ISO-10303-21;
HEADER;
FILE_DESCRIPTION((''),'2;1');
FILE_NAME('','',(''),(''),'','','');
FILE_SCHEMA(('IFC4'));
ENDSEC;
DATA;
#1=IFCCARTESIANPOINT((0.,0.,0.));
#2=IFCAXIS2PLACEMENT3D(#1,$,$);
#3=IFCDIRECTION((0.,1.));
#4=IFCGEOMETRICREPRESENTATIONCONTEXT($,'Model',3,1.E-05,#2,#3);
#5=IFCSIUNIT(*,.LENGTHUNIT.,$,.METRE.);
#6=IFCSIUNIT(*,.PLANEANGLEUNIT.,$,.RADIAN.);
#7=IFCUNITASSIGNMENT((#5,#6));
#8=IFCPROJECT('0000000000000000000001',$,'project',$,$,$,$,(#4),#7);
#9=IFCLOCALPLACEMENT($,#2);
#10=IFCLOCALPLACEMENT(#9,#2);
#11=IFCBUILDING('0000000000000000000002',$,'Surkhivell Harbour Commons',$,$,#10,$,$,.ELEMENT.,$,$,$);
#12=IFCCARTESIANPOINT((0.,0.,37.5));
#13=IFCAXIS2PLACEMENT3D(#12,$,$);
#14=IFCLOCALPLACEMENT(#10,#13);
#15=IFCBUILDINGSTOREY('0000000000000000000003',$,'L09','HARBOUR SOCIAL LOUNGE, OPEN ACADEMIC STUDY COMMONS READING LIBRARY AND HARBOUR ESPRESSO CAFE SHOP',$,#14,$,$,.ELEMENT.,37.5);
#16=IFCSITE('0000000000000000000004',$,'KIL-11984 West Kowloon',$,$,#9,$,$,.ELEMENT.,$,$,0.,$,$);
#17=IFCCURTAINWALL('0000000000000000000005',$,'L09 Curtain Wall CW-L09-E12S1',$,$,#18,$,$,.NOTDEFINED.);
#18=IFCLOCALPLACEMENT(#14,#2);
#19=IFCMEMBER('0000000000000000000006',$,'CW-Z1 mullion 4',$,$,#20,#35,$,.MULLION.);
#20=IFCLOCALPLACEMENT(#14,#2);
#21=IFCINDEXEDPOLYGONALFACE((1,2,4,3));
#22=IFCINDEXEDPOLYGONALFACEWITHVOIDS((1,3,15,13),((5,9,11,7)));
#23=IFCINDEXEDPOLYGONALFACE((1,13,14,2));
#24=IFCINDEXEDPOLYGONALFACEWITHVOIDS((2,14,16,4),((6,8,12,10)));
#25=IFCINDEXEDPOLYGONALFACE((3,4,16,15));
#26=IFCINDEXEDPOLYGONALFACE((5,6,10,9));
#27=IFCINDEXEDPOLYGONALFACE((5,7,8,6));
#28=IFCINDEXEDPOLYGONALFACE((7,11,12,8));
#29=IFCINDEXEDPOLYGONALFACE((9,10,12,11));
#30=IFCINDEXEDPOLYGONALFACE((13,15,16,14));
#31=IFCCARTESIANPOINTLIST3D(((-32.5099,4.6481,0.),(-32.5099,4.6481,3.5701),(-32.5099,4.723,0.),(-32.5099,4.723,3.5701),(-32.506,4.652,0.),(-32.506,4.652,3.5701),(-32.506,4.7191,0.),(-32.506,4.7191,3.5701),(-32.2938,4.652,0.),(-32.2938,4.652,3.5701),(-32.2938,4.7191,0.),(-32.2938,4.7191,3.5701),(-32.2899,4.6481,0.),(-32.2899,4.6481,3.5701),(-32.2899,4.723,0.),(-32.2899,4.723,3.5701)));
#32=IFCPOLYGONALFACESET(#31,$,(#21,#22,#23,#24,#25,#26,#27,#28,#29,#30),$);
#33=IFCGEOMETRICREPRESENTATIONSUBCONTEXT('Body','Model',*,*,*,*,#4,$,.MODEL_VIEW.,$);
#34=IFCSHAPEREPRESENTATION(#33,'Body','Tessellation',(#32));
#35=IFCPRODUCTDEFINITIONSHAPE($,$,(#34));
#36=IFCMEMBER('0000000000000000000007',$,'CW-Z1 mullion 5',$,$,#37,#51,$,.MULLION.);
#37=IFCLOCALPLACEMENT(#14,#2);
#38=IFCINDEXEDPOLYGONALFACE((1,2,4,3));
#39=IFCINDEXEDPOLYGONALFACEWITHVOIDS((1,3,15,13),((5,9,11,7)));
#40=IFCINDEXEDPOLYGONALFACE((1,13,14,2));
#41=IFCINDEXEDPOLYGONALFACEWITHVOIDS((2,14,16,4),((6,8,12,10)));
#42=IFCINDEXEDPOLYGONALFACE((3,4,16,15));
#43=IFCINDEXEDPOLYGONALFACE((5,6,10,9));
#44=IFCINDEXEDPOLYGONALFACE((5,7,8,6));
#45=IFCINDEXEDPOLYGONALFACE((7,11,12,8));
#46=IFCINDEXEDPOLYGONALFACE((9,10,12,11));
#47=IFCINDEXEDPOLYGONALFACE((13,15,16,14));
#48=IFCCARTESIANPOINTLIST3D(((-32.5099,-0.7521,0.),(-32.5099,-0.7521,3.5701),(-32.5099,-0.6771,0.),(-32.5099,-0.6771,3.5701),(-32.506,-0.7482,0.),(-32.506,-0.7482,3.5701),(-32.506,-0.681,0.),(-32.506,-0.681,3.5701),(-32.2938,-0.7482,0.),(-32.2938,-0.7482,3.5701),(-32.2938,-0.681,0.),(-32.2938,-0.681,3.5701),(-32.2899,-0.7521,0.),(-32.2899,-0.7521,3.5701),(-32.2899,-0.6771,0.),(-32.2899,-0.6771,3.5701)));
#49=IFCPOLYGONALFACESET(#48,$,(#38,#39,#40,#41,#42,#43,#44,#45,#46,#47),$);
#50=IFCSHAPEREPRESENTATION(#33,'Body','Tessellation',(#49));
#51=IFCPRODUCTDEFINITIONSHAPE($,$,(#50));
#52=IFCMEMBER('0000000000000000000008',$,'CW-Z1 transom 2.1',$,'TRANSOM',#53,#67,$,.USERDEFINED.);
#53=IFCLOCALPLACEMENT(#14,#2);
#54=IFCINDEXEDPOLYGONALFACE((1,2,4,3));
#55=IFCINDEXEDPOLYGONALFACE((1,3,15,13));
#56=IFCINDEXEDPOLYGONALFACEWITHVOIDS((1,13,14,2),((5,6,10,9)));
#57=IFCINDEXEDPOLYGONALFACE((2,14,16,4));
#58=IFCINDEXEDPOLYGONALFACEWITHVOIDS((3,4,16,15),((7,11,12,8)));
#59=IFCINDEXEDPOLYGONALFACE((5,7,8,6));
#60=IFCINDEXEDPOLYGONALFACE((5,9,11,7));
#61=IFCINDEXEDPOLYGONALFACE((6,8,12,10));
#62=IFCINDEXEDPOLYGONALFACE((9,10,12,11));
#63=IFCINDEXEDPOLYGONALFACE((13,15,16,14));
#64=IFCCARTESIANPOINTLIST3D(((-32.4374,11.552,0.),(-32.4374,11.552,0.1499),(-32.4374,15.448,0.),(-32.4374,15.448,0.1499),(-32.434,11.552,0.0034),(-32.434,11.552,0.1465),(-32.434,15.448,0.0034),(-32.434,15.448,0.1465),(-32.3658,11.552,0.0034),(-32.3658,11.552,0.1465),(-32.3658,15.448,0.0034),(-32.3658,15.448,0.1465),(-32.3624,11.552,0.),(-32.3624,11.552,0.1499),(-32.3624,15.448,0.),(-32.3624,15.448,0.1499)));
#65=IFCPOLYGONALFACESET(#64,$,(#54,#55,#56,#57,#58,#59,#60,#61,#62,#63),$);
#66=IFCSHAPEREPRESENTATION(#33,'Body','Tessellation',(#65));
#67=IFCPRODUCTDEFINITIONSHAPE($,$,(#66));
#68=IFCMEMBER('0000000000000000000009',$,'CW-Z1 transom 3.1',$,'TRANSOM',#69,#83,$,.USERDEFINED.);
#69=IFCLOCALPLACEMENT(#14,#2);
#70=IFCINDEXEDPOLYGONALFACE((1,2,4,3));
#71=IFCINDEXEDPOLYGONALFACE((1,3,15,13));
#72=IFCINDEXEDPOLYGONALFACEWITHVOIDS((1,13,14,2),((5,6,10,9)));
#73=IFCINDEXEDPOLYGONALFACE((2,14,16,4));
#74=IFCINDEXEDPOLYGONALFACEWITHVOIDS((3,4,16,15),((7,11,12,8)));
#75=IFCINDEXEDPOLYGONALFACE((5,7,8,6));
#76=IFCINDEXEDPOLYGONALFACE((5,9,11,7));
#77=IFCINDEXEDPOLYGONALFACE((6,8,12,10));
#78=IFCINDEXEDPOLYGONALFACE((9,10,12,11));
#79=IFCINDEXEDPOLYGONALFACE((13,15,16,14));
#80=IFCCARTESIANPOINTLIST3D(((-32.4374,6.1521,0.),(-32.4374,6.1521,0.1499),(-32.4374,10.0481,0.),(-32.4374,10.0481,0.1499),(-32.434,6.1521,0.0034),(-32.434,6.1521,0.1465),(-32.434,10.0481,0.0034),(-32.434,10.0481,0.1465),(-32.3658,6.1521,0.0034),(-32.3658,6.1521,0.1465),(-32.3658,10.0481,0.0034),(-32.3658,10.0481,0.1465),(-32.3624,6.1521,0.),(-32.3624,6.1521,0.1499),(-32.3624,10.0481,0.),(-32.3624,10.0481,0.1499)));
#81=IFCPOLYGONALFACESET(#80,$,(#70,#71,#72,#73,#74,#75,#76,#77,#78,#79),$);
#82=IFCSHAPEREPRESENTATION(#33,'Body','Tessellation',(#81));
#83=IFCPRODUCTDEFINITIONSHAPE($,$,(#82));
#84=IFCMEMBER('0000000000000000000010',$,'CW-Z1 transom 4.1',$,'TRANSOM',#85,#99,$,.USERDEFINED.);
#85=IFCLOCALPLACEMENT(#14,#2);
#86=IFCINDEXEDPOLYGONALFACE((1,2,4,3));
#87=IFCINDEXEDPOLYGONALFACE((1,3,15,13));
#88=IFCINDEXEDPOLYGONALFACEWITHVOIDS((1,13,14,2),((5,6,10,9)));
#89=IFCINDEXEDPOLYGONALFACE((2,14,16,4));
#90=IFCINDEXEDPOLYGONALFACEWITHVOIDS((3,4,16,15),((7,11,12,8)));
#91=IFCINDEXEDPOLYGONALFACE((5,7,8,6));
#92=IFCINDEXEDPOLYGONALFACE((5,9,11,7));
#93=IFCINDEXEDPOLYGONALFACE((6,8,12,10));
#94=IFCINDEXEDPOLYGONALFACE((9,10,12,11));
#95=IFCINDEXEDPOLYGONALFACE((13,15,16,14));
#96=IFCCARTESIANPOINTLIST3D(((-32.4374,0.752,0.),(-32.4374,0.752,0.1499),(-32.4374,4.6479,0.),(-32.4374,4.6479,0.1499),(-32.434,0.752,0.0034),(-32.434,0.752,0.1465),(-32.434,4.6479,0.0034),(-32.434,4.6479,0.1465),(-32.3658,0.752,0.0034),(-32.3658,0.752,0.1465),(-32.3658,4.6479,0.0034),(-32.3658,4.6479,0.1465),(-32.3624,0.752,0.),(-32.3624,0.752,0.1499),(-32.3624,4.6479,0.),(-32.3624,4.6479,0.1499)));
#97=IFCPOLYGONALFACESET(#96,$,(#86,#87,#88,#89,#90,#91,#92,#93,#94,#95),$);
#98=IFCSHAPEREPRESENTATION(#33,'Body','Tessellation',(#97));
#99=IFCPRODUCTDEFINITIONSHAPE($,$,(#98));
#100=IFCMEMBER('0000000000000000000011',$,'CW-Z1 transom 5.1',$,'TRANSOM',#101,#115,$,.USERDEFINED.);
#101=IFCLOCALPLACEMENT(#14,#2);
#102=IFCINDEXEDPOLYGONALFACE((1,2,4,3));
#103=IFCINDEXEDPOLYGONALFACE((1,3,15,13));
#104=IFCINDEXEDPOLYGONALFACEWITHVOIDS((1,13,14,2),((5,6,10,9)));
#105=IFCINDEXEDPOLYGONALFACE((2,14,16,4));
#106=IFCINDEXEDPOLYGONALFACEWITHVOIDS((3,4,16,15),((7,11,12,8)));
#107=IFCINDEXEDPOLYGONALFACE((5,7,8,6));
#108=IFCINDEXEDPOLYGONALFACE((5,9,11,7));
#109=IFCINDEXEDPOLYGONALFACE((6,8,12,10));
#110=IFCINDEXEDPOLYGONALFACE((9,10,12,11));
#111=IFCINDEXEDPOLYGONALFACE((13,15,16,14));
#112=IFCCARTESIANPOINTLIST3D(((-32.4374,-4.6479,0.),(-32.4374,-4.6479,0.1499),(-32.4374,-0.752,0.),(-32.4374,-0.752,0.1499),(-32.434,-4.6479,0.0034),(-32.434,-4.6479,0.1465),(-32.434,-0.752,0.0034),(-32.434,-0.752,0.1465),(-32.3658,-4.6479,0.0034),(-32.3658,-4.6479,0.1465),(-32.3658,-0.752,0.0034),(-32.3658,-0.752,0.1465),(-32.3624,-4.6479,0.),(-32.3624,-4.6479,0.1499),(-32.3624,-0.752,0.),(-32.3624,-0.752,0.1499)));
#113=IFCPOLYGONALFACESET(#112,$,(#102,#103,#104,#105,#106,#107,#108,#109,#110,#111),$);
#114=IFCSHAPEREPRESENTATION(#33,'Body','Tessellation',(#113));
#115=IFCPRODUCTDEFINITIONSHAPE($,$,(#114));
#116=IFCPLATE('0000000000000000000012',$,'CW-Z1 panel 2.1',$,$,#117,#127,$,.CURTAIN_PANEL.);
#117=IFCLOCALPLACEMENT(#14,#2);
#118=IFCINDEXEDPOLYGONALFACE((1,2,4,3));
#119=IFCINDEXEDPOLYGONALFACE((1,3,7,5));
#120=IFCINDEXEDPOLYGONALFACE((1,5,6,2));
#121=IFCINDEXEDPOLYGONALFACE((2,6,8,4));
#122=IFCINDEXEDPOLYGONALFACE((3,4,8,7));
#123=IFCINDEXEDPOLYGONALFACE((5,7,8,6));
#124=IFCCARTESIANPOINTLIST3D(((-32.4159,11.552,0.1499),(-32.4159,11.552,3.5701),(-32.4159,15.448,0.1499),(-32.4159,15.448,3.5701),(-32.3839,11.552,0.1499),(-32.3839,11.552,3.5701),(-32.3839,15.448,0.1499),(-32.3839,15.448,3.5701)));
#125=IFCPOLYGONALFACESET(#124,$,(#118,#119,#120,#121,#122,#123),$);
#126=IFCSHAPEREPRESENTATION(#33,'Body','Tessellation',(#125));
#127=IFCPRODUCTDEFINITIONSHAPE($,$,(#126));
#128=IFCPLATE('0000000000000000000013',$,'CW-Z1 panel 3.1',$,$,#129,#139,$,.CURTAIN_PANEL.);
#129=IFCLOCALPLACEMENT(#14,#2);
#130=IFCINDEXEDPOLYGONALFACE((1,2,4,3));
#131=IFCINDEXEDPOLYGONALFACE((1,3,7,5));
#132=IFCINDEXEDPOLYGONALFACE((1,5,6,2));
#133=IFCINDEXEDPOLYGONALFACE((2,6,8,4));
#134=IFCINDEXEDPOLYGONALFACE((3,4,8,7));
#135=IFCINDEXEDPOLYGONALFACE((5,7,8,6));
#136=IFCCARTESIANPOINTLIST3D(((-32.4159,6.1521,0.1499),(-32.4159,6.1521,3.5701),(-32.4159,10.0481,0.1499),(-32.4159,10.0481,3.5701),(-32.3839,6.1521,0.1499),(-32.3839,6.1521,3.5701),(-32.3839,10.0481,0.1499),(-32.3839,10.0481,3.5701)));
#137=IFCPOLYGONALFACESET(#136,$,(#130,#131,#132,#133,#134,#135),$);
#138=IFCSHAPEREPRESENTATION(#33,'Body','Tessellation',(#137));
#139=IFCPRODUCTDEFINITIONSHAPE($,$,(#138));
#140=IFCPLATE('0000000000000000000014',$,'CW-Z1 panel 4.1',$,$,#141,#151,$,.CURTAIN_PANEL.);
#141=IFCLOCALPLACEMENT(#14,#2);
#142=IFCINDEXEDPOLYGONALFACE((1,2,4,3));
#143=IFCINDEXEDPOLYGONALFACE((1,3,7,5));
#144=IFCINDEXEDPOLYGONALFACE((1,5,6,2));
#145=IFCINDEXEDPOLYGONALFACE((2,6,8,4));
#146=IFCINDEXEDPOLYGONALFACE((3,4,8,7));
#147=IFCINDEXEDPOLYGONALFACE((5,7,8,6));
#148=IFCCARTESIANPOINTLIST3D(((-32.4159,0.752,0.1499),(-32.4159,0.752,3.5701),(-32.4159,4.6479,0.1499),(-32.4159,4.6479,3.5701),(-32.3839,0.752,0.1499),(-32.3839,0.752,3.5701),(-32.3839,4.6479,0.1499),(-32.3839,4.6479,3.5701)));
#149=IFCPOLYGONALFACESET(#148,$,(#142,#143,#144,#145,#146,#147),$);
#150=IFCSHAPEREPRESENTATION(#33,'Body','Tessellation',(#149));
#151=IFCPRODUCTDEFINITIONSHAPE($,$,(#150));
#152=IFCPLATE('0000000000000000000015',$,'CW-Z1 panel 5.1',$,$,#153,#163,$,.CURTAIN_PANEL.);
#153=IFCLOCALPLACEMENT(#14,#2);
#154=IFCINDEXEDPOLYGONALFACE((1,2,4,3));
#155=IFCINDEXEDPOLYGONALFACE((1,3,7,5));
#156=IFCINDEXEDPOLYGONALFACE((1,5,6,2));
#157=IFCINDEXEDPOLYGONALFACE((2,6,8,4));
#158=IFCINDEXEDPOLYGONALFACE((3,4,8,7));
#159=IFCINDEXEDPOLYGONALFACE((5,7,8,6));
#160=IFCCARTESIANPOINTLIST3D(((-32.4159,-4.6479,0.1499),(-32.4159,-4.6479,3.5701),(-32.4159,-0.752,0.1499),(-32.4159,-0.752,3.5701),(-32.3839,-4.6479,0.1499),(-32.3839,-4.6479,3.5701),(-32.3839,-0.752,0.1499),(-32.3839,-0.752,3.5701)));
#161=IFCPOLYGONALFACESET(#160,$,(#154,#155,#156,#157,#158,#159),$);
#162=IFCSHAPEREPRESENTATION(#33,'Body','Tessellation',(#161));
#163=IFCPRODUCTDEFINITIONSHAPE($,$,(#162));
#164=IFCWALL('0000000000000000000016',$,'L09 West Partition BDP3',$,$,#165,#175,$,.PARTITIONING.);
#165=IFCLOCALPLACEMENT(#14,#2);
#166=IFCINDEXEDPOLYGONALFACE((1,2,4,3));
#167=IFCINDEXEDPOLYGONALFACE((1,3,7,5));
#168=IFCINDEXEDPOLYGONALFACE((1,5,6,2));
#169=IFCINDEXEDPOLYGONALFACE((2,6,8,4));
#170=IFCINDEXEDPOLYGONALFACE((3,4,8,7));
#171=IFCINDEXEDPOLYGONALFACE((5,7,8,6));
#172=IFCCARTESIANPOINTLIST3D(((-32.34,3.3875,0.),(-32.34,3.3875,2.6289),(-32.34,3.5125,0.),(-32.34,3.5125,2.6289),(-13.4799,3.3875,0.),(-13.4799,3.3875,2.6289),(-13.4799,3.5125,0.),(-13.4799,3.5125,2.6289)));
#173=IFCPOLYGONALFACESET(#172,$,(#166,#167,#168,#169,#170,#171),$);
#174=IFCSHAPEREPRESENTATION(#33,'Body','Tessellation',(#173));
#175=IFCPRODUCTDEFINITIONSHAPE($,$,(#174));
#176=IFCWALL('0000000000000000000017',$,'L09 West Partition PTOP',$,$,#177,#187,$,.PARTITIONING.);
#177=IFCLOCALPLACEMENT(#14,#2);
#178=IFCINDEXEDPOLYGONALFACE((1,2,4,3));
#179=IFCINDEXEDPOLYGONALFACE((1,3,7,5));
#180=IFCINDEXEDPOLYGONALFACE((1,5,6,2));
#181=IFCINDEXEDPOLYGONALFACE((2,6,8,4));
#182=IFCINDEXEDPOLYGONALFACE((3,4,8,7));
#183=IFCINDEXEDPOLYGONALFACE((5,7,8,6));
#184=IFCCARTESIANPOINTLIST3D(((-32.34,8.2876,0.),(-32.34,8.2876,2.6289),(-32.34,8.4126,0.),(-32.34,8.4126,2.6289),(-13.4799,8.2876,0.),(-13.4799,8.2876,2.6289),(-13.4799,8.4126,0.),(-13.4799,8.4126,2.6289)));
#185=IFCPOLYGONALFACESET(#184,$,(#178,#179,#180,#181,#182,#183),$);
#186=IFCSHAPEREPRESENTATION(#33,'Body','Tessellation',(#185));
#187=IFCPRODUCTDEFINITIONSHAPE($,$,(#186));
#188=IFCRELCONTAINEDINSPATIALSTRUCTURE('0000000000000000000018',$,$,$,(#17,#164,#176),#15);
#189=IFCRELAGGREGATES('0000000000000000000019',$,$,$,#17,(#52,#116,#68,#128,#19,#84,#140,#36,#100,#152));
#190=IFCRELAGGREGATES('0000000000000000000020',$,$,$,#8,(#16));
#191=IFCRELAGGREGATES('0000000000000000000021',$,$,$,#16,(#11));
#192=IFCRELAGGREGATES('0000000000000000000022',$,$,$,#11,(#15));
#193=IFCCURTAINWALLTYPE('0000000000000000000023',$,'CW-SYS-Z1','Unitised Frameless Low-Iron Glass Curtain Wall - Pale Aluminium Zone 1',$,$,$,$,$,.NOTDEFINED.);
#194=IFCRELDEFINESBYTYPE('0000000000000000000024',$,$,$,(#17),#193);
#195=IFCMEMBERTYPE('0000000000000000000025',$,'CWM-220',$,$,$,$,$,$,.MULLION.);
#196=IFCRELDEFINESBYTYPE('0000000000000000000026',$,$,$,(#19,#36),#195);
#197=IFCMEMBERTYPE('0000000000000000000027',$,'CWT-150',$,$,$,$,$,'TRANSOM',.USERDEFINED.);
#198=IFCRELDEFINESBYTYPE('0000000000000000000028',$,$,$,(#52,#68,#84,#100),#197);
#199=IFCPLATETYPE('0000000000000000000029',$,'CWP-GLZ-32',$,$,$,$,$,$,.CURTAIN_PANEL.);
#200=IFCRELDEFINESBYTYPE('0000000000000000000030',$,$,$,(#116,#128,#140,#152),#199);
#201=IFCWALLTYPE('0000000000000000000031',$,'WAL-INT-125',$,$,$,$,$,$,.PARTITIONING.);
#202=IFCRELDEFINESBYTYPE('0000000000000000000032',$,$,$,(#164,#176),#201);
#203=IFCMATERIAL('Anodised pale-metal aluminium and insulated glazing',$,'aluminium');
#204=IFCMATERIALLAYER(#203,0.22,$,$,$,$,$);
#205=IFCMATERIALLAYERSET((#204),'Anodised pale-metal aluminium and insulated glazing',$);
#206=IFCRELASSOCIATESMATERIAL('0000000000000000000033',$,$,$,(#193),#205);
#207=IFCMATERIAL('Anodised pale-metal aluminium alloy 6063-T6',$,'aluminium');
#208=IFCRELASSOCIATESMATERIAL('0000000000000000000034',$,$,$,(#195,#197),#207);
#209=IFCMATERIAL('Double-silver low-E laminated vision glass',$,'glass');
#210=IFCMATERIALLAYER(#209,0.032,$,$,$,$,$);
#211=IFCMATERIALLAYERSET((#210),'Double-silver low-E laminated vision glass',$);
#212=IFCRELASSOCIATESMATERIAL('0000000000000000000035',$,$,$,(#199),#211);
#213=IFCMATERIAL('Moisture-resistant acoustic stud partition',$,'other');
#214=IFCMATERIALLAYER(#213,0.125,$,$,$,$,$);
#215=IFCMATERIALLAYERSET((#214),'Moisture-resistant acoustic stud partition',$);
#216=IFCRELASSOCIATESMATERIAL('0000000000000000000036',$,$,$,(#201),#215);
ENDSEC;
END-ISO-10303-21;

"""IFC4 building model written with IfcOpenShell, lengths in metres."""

from ifc_helpers import new_model, si_unit, direction, frame, frame_2d, origin, origin_2d, place, context, subcontext, project, spatial, rectangle, hollow_rectangle, extrude, material, layer, layer_set, material_profile, profile_set, type_object, element, aggregate, save


model = new_model("IFC4")

# Units and contexts
model_context = context("Model", 3, precision=1e-05, world=origin(), true_north=direction((0.0, 1.0)))
body_context = subcontext(model_context, "Body", "Model", "MODEL_VIEW")
ifc_project = project(units=[si_unit("LENGTHUNIT", "METRE"), si_unit("PLANEANGLEUNIT", "RADIAN")], contexts=[model_context])

# Site, building, storey
site_placement = place(None, origin())
site = spatial("IfcSite", under=ifc_project, at=site_placement, Name="KIL-11984 West Kowloon", CompositionType="ELEMENT", RefElevation=0.0)
building_placement = place(site_placement, origin())
building = spatial("IfcBuilding", under=site, at=building_placement, Name="Surkhivell Harbour Commons", CompositionType="ELEMENT")
storey_placement = place(building_placement, frame((0.0, 0.0, 37.5)))
storey = spatial("IfcBuildingStorey", under=building, at=storey_placement, Name="L09", Description="HARBOUR SOCIAL LOUNGE, OPEN ACADEMIC STUDY COMMONS READING LIBRARY AND HARBOUR ESPRESSO CAFE SHOP", CompositionType="ELEMENT", Elevation=37.5)

# Curtain wall, members, plates
ifc_material_1 = material(Name="Anodised pale-metal aluminium and insulated glazing", Category="aluminium")
ifc_layer_1 = layer(ifc_material_1, 0.22)
ifc_layer_set_1 = layer_set([ifc_layer_1], Name="Anodised pale-metal aluminium and insulated glazing")
curtain_wall_type = type_object("IfcCurtainWallType", Name="CW-SYS-Z1", Description="Unitised Frameless Low-Iron Glass Curtain Wall - Pale Aluminium Zone 1", PredefinedType="NOTDEFINED", material=ifc_layer_set_1)
curtain_wall_placement = place(storey_placement, origin())
curtain_wall = element("IfcCurtainWall", 1, at=curtain_wall_placement, inside=storey, type_object=curtain_wall_type, Name="L09 Curtain Wall CW-L09-E12S1", PredefinedType="NOTDEFINED")
ifc_material_2 = material(Name="Anodised pale-metal aluminium alloy 6063-T6", Category="aluminium")
ifc_material_profile_1 = material_profile(ifc_material_2, hollow_rectangle(XDim=0.075, YDim=0.22, WallThickness=0.0039, at=origin_2d()), Name="ALU-MULL-75x220")
ifc_profile_set_1 = profile_set([ifc_material_profile_1], Name="Anodised pale-metal aluminium alloy 6063-T6")
member_type_1 = type_object("IfcMemberType", Name="CWM-220", PredefinedType="MULLION", material=ifc_profile_set_1)
member_1_placement = place(storey_placement, frame((-32.3999, 4.6855, 0.0), z_axis=(0.0, 0.0, 1.0), x_axis=(0.0, -1.0, 0.0)))
member_1 = element("IfcMember", 2, at=member_1_placement, type_object=member_type_1, Name="CW-Z1 mullion 4", PredefinedType="MULLION", context=body_context, shape_type="SweptSolid", body=[
    extrude(hollow_rectangle(XDim=0.075, YDim=0.22, WallThickness=0.0039, at=origin_2d()), origin(), (0.0, 0.0, 1.0), 3.5701),
])
member_2_placement = place(storey_placement, frame((-32.3999, -0.7146, 0.0), z_axis=(0.0, 0.0, 1.0), x_axis=(0.0, -1.0, 0.0)))
member_2 = element("IfcMember", 3, at=member_2_placement, type_object=member_type_1, Name="CW-Z1 mullion 5", PredefinedType="MULLION", context=body_context, shape_type="SweptSolid", body=[
    extrude(hollow_rectangle(XDim=0.075, YDim=0.22, WallThickness=0.0039, at=origin_2d()), origin(), (0.0, 0.0, 1.0), 3.5701),
])
ifc_material_profile_2 = material_profile(ifc_material_2, hollow_rectangle(XDim=0.075, YDim=0.1499, WallThickness=0.0034, at=origin_2d()), Name="ALU-TRAN-75x150")
ifc_profile_set_2 = profile_set([ifc_material_profile_2], Name="Anodised pale-metal aluminium alloy 6063-T6")
member_type_2 = type_object("IfcMemberType", Name="CWT-150", ElementType="TRANSOM", PredefinedType="USERDEFINED", material=ifc_profile_set_2)
member_3_placement = place(storey_placement, frame((-32.3999, 15.448, 0.075), z_axis=(0.0, -1.0, 0.0), x_axis=(1.0, 0.0, 0.0)))
member_3 = element("IfcMember", 4, at=member_3_placement, type_object=member_type_2, Name="CW-Z1 transom 2.1", ObjectType="TRANSOM", PredefinedType="USERDEFINED", context=body_context, shape_type="SweptSolid", body=[
    extrude(hollow_rectangle(XDim=0.075, YDim=0.1499, WallThickness=0.0034, at=origin_2d()), origin(), (0.0, 0.0, 1.0), 3.896),
])
member_4_placement = place(storey_placement, frame((-32.3999, 10.0481, 0.075), z_axis=(0.0, -1.0, 0.0), x_axis=(1.0, 0.0, 0.0)))
member_4 = element("IfcMember", 5, at=member_4_placement, type_object=member_type_2, Name="CW-Z1 transom 3.1", ObjectType="TRANSOM", PredefinedType="USERDEFINED", context=body_context, shape_type="SweptSolid", body=[
    extrude(hollow_rectangle(XDim=0.075, YDim=0.1499, WallThickness=0.0034, at=origin_2d()), origin(), (0.0, 0.0, 1.0), 3.896),
])
member_5_placement = place(storey_placement, frame((-32.3999, 4.6479, 0.075), z_axis=(0.0, -1.0, 0.0), x_axis=(1.0, 0.0, 0.0)))
member_5 = element("IfcMember", 6, at=member_5_placement, type_object=member_type_2, Name="CW-Z1 transom 4.1", ObjectType="TRANSOM", PredefinedType="USERDEFINED", context=body_context, shape_type="SweptSolid", body=[
    extrude(hollow_rectangle(XDim=0.075, YDim=0.1499, WallThickness=0.0034, at=origin_2d()), origin(), (0.0, 0.0, 1.0), 3.896),
])
member_6_placement = place(storey_placement, frame((-32.3999, -0.752, 0.075), z_axis=(0.0, -1.0, 0.0), x_axis=(1.0, 0.0, 0.0)))
member_6 = element("IfcMember", 7, at=member_6_placement, type_object=member_type_2, Name="CW-Z1 transom 5.1", ObjectType="TRANSOM", PredefinedType="USERDEFINED", context=body_context, shape_type="SweptSolid", body=[
    extrude(hollow_rectangle(XDim=0.075, YDim=0.1499, WallThickness=0.0034, at=origin_2d()), origin(), (0.0, 0.0, 1.0), 3.896),
])
ifc_material_3 = material(Name="Double-silver low-E laminated vision glass", Category="glass")
ifc_layer_2 = layer(ifc_material_3, 0.032)
ifc_layer_set_2 = layer_set([ifc_layer_2], Name="Double-silver low-E laminated vision glass")
plate_type = type_object("IfcPlateType", Name="CWP-GLZ-32", PredefinedType="CURTAIN_PANEL", material=ifc_layer_set_2)
plate_1_placement = place(storey_placement, frame((-32.3999, 15.448, 0.1499), z_axis=(0.0, 0.0, 1.0), x_axis=(0.0, -1.0, 0.0)))
plate_1 = element("IfcPlate", 8, at=plate_1_placement, type_object=plate_type, Name="CW-Z1 panel 2.1", PredefinedType="CURTAIN_PANEL", context=body_context, shape_type="SweptSolid", body=[
    extrude(rectangle(XDim=3.896, YDim=0.032, at=frame_2d((1.948, 0.0))), origin(), (0.0, 0.0, 1.0), 3.4202),
])
plate_2_placement = place(storey_placement, frame((-32.3999, 10.0481, 0.1499), z_axis=(0.0, 0.0, 1.0), x_axis=(0.0, -1.0, 0.0)))
plate_2 = element("IfcPlate", 9, at=plate_2_placement, type_object=plate_type, Name="CW-Z1 panel 3.1", PredefinedType="CURTAIN_PANEL", context=body_context, shape_type="SweptSolid", body=[
    extrude(rectangle(XDim=3.896, YDim=0.032, at=frame_2d((1.948, 0.0))), origin(), (0.0, 0.0, 1.0), 3.4202),
])
plate_3_placement = place(storey_placement, frame((-32.3999, 4.6479, 0.1499), z_axis=(0.0, 0.0, 1.0), x_axis=(0.0, -1.0, 0.0)))
plate_3 = element("IfcPlate", 10, at=plate_3_placement, type_object=plate_type, Name="CW-Z1 panel 4.1", PredefinedType="CURTAIN_PANEL", context=body_context, shape_type="SweptSolid", body=[
    extrude(rectangle(XDim=3.896, YDim=0.032, at=frame_2d((1.948, 0.0))), origin(), (0.0, 0.0, 1.0), 3.4202),
])
plate_4_placement = place(storey_placement, frame((-32.3999, -0.752, 0.1499), z_axis=(0.0, 0.0, 1.0), x_axis=(0.0, -1.0, 0.0)))
plate_4 = element("IfcPlate", 11, at=plate_4_placement, type_object=plate_type, Name="CW-Z1 panel 5.1", PredefinedType="CURTAIN_PANEL", context=body_context, shape_type="SweptSolid", body=[
    extrude(rectangle(XDim=3.896, YDim=0.032, at=frame_2d((1.948, 0.0))), origin(), (0.0, 0.0, 1.0), 3.4202),
])
aggregate(curtain_wall, [member_3, plate_1, member_4, plate_2, member_1, member_5, plate_3, member_2, member_6, plate_4])

# Walls
ifc_material_4 = material(Name="Moisture-resistant acoustic stud partition", Category="other")
ifc_layer_3 = layer(ifc_material_4, 0.125)
ifc_layer_set_3 = layer_set([ifc_layer_3], Name="Moisture-resistant acoustic stud partition")
wall_type = type_object("IfcWallType", Name="WAL-INT-125", PredefinedType="PARTITIONING", material=ifc_layer_set_3)
for number, where, z_axis, x_axis, name in (
    (12, (-32.3401, 3.45, 0.0), (0.0, 0.0, 1.0), (1.0, 0.0, 0.0), "L09 West Partition BDP3"),
    (13, (-32.3401, 8.3501, 0.0), (0.0, 0.0, 1.0), (1.0, 0.0, 0.0), "L09 West Partition PTOP"),
):
    element("IfcWall", number, at=place(storey_placement, frame(where, z_axis=z_axis, x_axis=x_axis)), inside=storey, type_object=wall_type, Name=name, PredefinedType="PARTITIONING", context=body_context, shape_type="SweptSolid", body=[
        extrude(rectangle(XDim=18.8601, YDim=0.125, at=frame_2d((9.4302, 0.0))), origin(), (0.0, 0.0, 1.0), 2.6289),
    ])

save(model, "model.ifc")
